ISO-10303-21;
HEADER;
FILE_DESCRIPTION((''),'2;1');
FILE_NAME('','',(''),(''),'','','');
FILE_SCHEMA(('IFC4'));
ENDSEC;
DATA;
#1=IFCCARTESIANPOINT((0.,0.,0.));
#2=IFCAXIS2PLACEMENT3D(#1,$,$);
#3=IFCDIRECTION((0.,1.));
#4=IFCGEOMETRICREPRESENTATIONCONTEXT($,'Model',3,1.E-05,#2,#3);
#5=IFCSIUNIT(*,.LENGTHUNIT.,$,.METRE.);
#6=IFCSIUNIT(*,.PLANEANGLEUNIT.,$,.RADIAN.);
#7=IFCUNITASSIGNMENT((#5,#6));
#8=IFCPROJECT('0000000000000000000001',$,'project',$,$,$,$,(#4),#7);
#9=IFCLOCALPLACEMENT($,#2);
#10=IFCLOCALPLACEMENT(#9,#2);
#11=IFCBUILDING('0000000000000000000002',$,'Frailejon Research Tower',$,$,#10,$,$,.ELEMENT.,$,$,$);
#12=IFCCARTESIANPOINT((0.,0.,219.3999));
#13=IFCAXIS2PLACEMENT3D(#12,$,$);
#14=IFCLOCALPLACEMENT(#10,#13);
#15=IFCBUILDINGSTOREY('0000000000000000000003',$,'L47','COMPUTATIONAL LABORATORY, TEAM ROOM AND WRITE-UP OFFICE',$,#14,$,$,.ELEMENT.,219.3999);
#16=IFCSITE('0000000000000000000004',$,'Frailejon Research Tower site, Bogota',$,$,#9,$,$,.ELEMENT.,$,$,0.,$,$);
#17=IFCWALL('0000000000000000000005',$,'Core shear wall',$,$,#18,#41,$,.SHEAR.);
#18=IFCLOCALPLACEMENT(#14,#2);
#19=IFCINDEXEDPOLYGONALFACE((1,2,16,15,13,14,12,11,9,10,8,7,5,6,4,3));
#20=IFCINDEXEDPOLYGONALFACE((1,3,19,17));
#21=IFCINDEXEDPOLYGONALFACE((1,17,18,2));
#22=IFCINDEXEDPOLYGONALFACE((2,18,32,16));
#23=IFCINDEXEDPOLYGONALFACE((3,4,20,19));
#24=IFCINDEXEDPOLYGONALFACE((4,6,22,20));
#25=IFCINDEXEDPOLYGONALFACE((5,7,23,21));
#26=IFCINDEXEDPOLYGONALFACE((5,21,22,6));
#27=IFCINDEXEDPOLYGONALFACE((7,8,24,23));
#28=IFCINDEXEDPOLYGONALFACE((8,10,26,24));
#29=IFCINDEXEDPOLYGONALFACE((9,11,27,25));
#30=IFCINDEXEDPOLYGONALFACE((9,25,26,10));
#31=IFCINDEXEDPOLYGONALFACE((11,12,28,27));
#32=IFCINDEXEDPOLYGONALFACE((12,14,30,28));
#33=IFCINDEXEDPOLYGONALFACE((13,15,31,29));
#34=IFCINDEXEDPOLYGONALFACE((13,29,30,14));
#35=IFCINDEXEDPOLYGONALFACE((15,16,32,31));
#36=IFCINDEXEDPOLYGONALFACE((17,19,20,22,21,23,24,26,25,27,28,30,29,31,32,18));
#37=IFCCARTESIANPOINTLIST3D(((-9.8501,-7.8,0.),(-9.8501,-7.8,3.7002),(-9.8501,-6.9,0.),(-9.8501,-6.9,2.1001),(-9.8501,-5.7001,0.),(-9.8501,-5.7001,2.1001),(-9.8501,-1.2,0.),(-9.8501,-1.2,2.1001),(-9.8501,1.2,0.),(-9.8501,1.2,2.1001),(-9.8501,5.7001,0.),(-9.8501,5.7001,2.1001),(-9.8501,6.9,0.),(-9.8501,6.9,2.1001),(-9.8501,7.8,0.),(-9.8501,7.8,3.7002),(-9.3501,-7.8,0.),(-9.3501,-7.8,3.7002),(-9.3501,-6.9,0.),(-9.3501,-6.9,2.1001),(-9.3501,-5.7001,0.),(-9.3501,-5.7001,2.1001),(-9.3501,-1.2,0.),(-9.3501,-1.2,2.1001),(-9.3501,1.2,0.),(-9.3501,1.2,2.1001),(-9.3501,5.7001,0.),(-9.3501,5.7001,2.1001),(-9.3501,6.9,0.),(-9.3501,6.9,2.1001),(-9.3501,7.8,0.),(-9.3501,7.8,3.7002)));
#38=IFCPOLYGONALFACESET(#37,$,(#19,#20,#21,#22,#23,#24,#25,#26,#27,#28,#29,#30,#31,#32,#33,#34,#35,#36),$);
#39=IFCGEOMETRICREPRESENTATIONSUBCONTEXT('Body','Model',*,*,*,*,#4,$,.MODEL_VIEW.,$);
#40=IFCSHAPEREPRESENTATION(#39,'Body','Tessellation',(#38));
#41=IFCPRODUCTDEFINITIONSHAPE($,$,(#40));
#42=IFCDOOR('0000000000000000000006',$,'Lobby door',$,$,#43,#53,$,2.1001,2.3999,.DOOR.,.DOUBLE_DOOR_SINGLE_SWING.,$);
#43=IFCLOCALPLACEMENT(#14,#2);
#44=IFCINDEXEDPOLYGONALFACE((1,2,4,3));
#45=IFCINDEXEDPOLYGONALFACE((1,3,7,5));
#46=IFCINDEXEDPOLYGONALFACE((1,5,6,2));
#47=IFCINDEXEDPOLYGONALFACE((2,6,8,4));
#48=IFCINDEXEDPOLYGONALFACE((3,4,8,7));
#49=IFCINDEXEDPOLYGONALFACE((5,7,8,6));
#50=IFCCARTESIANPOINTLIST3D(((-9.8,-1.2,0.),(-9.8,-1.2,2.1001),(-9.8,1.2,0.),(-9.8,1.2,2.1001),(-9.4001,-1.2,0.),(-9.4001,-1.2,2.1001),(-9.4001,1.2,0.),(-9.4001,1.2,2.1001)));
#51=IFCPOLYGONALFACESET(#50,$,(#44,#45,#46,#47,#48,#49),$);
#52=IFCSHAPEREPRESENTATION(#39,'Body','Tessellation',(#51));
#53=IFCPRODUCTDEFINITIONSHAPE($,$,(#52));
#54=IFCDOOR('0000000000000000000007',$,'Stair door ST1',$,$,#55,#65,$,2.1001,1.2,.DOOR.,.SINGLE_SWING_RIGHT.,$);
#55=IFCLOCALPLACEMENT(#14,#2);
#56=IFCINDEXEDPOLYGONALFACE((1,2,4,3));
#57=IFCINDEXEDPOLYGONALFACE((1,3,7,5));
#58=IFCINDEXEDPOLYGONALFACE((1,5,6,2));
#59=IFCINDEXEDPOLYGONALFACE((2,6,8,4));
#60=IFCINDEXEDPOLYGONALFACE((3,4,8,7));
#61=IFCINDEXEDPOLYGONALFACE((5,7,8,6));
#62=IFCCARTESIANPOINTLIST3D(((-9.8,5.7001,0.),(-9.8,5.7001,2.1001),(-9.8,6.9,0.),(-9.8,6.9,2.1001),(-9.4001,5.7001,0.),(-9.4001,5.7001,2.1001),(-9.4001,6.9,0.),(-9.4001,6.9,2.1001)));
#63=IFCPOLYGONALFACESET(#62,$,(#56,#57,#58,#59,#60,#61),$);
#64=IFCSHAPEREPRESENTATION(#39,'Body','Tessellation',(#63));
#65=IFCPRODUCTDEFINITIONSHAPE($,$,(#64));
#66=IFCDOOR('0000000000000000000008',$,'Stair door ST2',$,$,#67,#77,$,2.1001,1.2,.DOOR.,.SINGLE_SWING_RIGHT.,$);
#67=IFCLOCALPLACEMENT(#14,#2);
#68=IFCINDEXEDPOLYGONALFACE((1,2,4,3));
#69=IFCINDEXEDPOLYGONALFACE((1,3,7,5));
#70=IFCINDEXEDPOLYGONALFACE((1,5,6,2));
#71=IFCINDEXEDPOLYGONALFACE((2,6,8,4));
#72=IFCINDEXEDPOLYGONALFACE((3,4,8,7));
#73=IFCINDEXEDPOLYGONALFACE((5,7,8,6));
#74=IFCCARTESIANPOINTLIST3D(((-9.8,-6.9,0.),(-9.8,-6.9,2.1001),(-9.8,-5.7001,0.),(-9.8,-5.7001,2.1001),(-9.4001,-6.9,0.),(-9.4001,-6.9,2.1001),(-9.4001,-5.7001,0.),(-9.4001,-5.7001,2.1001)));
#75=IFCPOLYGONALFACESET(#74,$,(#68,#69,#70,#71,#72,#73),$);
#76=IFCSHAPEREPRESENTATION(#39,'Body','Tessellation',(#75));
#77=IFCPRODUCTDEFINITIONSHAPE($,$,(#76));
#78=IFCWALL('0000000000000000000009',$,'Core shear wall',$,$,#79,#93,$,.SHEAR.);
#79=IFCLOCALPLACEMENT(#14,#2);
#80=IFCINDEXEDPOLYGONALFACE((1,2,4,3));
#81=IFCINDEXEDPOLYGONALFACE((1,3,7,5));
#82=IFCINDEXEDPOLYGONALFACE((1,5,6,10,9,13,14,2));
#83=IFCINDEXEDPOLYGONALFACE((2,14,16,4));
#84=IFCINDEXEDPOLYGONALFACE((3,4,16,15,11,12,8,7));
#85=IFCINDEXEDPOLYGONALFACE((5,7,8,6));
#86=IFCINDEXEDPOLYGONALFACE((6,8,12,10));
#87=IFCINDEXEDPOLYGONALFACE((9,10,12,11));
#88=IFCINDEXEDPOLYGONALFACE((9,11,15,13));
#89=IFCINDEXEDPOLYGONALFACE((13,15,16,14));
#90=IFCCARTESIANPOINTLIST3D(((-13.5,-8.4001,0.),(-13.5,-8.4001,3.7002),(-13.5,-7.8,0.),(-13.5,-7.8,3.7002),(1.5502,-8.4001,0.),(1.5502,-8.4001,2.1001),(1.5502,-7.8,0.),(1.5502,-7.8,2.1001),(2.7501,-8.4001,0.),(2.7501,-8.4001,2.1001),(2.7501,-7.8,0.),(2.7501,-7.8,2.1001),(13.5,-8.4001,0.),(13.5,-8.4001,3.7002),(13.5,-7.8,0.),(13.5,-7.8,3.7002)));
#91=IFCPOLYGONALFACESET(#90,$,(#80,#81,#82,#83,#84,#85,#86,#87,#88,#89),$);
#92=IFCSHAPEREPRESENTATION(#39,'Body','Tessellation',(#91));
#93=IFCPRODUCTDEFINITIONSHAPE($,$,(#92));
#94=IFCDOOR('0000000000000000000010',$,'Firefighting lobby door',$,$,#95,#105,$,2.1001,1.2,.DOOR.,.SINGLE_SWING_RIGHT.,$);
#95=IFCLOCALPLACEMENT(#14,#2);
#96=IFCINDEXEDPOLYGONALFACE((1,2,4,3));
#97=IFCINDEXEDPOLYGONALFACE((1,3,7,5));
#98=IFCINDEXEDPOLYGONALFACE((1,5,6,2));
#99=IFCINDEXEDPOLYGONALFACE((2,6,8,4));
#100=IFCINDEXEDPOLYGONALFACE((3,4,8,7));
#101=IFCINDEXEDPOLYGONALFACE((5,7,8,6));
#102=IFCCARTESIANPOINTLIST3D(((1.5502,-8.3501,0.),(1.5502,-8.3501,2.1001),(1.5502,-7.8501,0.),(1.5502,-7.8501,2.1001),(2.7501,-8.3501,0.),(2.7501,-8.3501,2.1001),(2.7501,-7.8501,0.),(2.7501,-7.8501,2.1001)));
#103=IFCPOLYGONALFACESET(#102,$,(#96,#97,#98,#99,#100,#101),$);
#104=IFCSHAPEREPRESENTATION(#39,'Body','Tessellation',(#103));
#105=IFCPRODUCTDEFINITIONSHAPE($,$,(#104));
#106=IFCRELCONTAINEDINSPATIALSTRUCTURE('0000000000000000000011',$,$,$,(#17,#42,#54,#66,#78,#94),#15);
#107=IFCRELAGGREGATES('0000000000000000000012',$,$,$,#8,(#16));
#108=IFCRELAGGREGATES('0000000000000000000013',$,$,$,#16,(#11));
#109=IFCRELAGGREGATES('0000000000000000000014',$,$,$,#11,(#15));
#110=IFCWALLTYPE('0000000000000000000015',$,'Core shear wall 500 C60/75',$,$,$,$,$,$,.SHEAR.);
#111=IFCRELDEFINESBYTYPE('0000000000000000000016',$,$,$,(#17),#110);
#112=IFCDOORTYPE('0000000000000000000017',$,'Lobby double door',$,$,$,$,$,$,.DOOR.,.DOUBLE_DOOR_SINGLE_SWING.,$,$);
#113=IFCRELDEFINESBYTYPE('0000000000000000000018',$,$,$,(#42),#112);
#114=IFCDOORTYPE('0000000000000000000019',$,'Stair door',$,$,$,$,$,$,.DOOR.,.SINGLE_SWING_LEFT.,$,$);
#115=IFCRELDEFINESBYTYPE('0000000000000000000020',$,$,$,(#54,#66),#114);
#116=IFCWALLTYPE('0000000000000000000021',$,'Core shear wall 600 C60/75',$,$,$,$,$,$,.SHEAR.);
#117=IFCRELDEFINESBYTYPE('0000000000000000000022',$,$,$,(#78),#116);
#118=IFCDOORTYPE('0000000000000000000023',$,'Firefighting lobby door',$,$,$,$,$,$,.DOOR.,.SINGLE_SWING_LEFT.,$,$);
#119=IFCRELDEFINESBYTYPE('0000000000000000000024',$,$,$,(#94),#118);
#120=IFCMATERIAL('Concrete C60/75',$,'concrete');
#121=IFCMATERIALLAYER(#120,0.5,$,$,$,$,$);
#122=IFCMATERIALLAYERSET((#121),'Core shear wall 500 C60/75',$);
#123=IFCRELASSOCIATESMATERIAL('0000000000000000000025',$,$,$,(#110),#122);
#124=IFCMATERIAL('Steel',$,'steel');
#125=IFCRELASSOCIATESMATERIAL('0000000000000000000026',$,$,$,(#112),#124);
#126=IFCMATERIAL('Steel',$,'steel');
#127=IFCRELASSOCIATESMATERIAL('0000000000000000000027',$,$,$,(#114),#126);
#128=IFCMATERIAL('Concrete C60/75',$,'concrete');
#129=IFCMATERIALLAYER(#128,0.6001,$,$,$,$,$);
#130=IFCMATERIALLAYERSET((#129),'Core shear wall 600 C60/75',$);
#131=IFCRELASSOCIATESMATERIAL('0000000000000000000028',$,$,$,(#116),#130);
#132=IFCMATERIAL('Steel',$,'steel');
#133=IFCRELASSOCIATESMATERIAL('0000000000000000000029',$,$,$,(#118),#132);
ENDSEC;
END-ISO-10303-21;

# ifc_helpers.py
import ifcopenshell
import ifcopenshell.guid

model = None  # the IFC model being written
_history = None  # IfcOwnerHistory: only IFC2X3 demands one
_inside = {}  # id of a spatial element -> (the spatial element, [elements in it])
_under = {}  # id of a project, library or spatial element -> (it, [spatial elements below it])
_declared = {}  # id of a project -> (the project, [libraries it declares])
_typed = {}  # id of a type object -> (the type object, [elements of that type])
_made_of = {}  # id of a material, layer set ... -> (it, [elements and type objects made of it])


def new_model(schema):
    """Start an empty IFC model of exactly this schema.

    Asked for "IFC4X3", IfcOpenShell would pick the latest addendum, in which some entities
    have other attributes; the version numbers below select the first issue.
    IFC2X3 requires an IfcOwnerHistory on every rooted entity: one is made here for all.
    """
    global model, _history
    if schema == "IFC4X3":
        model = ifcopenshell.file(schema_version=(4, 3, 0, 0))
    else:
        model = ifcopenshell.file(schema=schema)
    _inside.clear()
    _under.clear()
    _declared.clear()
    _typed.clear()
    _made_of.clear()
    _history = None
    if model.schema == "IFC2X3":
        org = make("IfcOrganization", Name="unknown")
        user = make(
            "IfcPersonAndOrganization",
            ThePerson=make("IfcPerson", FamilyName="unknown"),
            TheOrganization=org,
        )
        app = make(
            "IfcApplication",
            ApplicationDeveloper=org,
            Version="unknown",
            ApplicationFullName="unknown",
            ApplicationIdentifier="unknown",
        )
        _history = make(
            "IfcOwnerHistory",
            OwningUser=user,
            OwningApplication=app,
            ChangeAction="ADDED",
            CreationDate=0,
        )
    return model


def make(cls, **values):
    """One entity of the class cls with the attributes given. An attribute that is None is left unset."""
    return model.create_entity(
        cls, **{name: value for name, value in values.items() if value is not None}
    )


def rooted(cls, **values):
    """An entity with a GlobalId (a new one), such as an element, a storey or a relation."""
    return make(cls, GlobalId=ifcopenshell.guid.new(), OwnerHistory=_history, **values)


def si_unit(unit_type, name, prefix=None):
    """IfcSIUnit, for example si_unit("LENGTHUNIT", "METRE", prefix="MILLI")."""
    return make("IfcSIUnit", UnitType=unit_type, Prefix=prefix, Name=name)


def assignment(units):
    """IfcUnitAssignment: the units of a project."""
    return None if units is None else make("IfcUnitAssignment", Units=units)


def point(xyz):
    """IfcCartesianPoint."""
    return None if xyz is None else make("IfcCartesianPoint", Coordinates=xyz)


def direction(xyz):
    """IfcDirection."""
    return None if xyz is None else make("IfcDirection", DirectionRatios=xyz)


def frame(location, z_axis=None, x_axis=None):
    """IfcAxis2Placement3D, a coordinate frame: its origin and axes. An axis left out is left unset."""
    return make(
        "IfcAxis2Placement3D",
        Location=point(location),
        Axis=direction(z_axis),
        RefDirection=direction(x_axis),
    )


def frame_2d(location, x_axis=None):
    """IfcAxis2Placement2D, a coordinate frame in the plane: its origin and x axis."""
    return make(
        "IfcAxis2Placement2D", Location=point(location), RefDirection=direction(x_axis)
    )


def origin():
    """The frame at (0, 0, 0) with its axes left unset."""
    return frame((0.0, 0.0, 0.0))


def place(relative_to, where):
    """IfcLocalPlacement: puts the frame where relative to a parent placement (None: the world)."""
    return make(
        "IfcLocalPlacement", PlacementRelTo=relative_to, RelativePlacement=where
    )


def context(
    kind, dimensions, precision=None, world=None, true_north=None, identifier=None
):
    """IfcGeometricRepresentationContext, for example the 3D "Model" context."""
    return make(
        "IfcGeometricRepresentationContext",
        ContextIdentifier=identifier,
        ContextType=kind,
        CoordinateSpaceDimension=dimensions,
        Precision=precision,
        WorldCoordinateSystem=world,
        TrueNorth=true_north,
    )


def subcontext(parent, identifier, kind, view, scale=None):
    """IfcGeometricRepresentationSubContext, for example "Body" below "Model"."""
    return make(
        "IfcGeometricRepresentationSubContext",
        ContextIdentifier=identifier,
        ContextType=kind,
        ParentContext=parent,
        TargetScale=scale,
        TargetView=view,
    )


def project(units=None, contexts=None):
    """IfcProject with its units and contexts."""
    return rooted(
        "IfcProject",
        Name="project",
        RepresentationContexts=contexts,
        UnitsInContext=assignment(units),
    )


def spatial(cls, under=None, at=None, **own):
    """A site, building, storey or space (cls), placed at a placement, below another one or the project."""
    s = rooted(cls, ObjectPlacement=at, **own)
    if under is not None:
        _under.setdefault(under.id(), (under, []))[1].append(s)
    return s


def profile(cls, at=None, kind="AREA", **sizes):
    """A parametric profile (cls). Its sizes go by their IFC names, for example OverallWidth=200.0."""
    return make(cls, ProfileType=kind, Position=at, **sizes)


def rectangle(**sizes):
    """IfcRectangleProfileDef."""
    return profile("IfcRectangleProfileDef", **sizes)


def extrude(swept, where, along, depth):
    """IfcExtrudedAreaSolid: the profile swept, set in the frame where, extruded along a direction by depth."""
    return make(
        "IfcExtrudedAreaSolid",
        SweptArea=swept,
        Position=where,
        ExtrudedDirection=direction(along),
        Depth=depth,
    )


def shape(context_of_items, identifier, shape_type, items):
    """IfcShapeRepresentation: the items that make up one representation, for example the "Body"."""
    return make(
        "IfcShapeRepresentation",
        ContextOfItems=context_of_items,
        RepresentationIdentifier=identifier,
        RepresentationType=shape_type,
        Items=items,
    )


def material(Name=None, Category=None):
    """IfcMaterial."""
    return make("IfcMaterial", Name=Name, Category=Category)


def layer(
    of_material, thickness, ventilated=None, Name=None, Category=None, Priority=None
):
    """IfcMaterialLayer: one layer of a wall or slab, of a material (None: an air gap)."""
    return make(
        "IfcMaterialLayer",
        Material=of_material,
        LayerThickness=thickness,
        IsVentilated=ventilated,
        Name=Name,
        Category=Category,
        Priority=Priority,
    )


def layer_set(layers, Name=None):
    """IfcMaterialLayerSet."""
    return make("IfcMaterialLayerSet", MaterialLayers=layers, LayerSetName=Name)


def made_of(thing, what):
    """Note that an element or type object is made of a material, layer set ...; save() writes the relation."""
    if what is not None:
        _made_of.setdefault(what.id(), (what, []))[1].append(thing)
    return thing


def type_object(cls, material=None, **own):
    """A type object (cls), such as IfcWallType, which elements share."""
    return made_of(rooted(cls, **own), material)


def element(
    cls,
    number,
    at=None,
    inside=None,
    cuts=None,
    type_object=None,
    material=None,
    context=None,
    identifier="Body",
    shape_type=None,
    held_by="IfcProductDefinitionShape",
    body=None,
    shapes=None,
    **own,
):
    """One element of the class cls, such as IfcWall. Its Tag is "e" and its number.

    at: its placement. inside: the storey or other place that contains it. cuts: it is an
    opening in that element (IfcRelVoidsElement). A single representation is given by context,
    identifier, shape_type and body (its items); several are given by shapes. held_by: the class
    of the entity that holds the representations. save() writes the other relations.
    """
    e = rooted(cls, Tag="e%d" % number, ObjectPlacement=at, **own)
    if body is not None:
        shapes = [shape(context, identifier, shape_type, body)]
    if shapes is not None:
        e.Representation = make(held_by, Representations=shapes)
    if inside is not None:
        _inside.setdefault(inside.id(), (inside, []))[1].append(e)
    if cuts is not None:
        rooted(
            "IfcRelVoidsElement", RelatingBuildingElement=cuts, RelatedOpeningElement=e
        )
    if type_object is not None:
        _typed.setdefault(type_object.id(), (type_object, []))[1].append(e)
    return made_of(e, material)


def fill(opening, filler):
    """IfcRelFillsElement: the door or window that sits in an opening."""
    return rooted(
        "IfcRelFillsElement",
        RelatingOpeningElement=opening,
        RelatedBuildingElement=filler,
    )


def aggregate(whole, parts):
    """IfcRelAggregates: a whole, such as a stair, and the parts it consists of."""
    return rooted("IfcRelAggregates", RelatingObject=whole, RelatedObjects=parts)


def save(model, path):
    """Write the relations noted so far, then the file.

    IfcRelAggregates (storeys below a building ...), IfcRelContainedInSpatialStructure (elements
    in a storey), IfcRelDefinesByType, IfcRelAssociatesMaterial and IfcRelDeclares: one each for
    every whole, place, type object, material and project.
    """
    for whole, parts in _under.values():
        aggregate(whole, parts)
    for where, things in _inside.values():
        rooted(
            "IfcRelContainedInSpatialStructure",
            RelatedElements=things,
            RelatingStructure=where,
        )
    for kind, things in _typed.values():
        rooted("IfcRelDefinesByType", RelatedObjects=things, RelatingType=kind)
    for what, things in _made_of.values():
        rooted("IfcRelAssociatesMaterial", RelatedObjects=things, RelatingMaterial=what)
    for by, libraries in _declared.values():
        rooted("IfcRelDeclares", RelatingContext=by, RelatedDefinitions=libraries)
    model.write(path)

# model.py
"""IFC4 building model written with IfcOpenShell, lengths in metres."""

from ifc_helpers import new_model, si_unit, direction, frame, frame_2d, origin, place, context, subcontext, project, spatial, rectangle, extrude, material, layer, layer_set, type_object, element, fill, save


model = new_model("IFC4")

# Units and contexts
model_context = context("Model", 3, precision=1e-05, world=origin(), true_north=direction((0.0, 1.0)))
body_context = subcontext(model_context, "Body", "Model", "MODEL_VIEW")
ifc_project = project(units=[si_unit("LENGTHUNIT", "METRE"), si_unit("PLANEANGLEUNIT", "RADIAN")], contexts=[model_context])

# Site, building, storey
site_placement = place(None, origin())
site = spatial("IfcSite", under=ifc_project, at=site_placement, Name="Frailejon Research Tower site, Bogota", CompositionType="ELEMENT", RefElevation=0.0)
building_placement = place(site_placement, origin())
building = spatial("IfcBuilding", under=site, at=building_placement, Name="Frailejon Research Tower", CompositionType="ELEMENT")
storey_placement = place(building_placement, frame((0.0, 0.0, 219.3999)))
storey = spatial("IfcBuildingStorey", under=building, at=storey_placement, Name="L47", Description="COMPUTATIONAL LABORATORY, TEAM ROOM AND WRITE-UP OFFICE", CompositionType="ELEMENT", Elevation=219.3999)

# Wall, openings, doors
ifc_material_1 = material(Name="Concrete C60/75", Category="concrete")
ifc_layer_1 = layer(ifc_material_1, 0.5)
ifc_layer_set_1 = layer_set([ifc_layer_1], Name="Core shear wall 500 C60/75")
wall_type_1 = type_object("IfcWallType", Name="Core shear wall 500 C60/75", PredefinedType="SHEAR", material=ifc_layer_set_1)
wall_1_placement = place(storey_placement, frame((-9.6001, -7.8, 0.0), z_axis=(0.0, 0.0, 1.0), x_axis=(0.0, 1.0, 0.0)))
wall_1 = element("IfcWall", 1, at=wall_1_placement, inside=storey, type_object=wall_type_1, Name="Core shear wall", PredefinedType="SHEAR", context=body_context, shape_type="SweptSolid", body=[
    extrude(rectangle(XDim=15.6001, YDim=0.5, at=frame_2d((7.8, 0.0))), origin(), (0.0, 0.0, 1.0), 3.7002),
])
opening_1_placement = place(wall_1_placement, frame((6.6001, 0.0, 0.0)))
opening_1 = element("IfcOpeningElement", 2, at=opening_1_placement, cuts=wall_1, PredefinedType="OPENING", context=body_context, shape_type="SweptSolid", body=[
    extrude(rectangle(XDim=2.3999, YDim=2.1001, at=frame_2d((1.2, 1.05))), frame((0.0, 0.26, 0.0), z_axis=(0.0, -1.0, 0.0), x_axis=(1.0, 0.0, 0.0)), (0.0, 0.0, 1.0), 0.52),
])
opening_2_placement = place(wall_1_placement, frame((13.5, 0.0, 0.0)))
opening_2 = element("IfcOpeningElement", 3, at=opening_2_placement, cuts=wall_1, PredefinedType="OPENING", context=body_context, shape_type="SweptSolid", body=[
    extrude(rectangle(XDim=1.2, YDim=2.1001, at=frame_2d((0.6001, 1.05))), frame((0.0, 0.26, 0.0), z_axis=(0.0, -1.0, 0.0), x_axis=(1.0, 0.0, 0.0)), (0.0, 0.0, 1.0), 0.52),
])
opening_3_placement = place(wall_1_placement, frame((0.8999, 0.0, 0.0)))
opening_3 = element("IfcOpeningElement", 4, at=opening_3_placement, cuts=wall_1, PredefinedType="OPENING", context=body_context, shape_type="SweptSolid", body=[
    extrude(rectangle(XDim=1.2, YDim=2.1001, at=frame_2d((0.6001, 1.05))), frame((0.0, 0.26, 0.0), z_axis=(0.0, -1.0, 0.0), x_axis=(1.0, 0.0, 0.0)), (0.0, 0.0, 1.0), 0.52),
])
ifc_material_2 = material(Name="Steel", Category="steel")
door_type_1 = type_object("IfcDoorType", Name="Lobby double door", OperationType="DOUBLE_DOOR_SINGLE_SWING", PredefinedType="DOOR", material=ifc_material_2)
door_1_placement = place(opening_1_placement, origin())
door_1 = element("IfcDoor", 5, at=door_1_placement, inside=storey, type_object=door_type_1, Name="Lobby door", OperationType="DOUBLE_DOOR_SINGLE_SWING", OverallHeight=2.1001, OverallWidth=2.3999, PredefinedType="DOOR", context=body_context, shape_type="SweptSolid", body=[
    extrude(rectangle(XDim=2.3999, YDim=2.1001, at=frame_2d((1.2, 1.05))), frame((0.0, 0.2, 0.0), z_axis=(0.0, -1.0, 0.0), x_axis=(1.0, 0.0, 0.0)), (0.0, 0.0, 1.0), 0.3999),
])
fill(opening_1, door_1)
ifc_material_3 = material(Name="Steel", Category="steel")
door_type_2 = type_object("IfcDoorType", Name="Stair door", OperationType="SINGLE_SWING_LEFT", PredefinedType="DOOR", material=ifc_material_3)
door_2_placement = place(opening_2_placement, origin())
door_2 = element("IfcDoor", 6, at=door_2_placement, inside=storey, type_object=door_type_2, Name="Stair door ST1", OperationType="SINGLE_SWING_RIGHT", OverallHeight=2.1001, OverallWidth=1.2, PredefinedType="DOOR", context=body_context, shape_type="SweptSolid", body=[
    extrude(rectangle(XDim=1.2, YDim=2.1001, at=frame_2d((0.6001, 1.05))), frame((0.0, 0.2, 0.0), z_axis=(0.0, -1.0, 0.0), x_axis=(1.0, 0.0, 0.0)), (0.0, 0.0, 1.0), 0.3999),
])
fill(opening_2, door_2)
door_3_placement = place(opening_3_placement, origin())
door_3 = element("IfcDoor", 7, at=door_3_placement, inside=storey, type_object=door_type_2, Name="Stair door ST2", OperationType="SINGLE_SWING_RIGHT", OverallHeight=2.1001, OverallWidth=1.2, PredefinedType="DOOR", context=body_context, shape_type="SweptSolid", body=[
    extrude(rectangle(XDim=1.2, YDim=2.1001, at=frame_2d((0.6001, 1.05))), frame((0.0, 0.2, 0.0), z_axis=(0.0, -1.0, 0.0), x_axis=(1.0, 0.0, 0.0)), (0.0, 0.0, 1.0), 0.3999),
])
fill(opening_3, door_3)

# Wall, opening, door
ifc_material_4 = material(Name="Concrete C60/75", Category="concrete")
ifc_layer_2 = layer(ifc_material_4, 0.6001)
ifc_layer_set_2 = layer_set([ifc_layer_2], Name="Core shear wall 600 C60/75")
wall_type_2 = type_object("IfcWallType", Name="Core shear wall 600 C60/75", PredefinedType="SHEAR", material=ifc_layer_set_2)
wall_2_placement = place(storey_placement, frame((-13.5, -8.1001, 0.0), z_axis=(0.0, 0.0, 1.0), x_axis=(1.0, 0.0, 0.0)))
wall_2 = element("IfcWall", 8, at=wall_2_placement, inside=storey, type_object=wall_type_2, Name="Core shear wall", PredefinedType="SHEAR", context=body_context, shape_type="SweptSolid", body=[
    extrude(rectangle(XDim=27.0, YDim=0.6001, at=frame_2d((13.5, 0.0))), origin(), (0.0, 0.0, 1.0), 3.7002),
])
opening_4_placement = place(wall_2_placement, frame((15.05, 0.0, 0.0)))
opening_4 = element("IfcOpeningElement", 9, at=opening_4_placement, cuts=wall_2, PredefinedType="OPENING", context=body_context, shape_type="SweptSolid", body=[
    extrude(rectangle(XDim=1.2, YDim=2.1001, at=frame_2d((0.6001, 1.05))), frame((0.0, 0.3101, 0.0), z_axis=(0.0, -1.0, 0.0), x_axis=(1.0, 0.0, 0.0)), (0.0, 0.0, 1.0), 0.6201),
])
ifc_material_5 = material(Name="Steel", Category="steel")
door_type_3 = type_object("IfcDoorType", Name="Firefighting lobby door", OperationType="SINGLE_SWING_LEFT", PredefinedType="DOOR", material=ifc_material_5)
door_4_placement = place(opening_4_placement, origin())
door_4 = element("IfcDoor", 10, at=door_4_placement, inside=storey, type_object=door_type_3, Name="Firefighting lobby door", OperationType="SINGLE_SWING_RIGHT", OverallHeight=2.1001, OverallWidth=1.2, PredefinedType="DOOR", context=body_context, shape_type="SweptSolid", body=[
    extrude(rectangle(XDim=1.2, YDim=2.1001, at=frame_2d((0.6001, 1.05))), frame((0.0, 0.25, 0.0), z_axis=(0.0, -1.0, 0.0), x_axis=(1.0, 0.0, 0.0)), (0.0, 0.0, 1.0), 0.5),
])
fill(opening_4, door_4)

save(model, "model.ifc")
